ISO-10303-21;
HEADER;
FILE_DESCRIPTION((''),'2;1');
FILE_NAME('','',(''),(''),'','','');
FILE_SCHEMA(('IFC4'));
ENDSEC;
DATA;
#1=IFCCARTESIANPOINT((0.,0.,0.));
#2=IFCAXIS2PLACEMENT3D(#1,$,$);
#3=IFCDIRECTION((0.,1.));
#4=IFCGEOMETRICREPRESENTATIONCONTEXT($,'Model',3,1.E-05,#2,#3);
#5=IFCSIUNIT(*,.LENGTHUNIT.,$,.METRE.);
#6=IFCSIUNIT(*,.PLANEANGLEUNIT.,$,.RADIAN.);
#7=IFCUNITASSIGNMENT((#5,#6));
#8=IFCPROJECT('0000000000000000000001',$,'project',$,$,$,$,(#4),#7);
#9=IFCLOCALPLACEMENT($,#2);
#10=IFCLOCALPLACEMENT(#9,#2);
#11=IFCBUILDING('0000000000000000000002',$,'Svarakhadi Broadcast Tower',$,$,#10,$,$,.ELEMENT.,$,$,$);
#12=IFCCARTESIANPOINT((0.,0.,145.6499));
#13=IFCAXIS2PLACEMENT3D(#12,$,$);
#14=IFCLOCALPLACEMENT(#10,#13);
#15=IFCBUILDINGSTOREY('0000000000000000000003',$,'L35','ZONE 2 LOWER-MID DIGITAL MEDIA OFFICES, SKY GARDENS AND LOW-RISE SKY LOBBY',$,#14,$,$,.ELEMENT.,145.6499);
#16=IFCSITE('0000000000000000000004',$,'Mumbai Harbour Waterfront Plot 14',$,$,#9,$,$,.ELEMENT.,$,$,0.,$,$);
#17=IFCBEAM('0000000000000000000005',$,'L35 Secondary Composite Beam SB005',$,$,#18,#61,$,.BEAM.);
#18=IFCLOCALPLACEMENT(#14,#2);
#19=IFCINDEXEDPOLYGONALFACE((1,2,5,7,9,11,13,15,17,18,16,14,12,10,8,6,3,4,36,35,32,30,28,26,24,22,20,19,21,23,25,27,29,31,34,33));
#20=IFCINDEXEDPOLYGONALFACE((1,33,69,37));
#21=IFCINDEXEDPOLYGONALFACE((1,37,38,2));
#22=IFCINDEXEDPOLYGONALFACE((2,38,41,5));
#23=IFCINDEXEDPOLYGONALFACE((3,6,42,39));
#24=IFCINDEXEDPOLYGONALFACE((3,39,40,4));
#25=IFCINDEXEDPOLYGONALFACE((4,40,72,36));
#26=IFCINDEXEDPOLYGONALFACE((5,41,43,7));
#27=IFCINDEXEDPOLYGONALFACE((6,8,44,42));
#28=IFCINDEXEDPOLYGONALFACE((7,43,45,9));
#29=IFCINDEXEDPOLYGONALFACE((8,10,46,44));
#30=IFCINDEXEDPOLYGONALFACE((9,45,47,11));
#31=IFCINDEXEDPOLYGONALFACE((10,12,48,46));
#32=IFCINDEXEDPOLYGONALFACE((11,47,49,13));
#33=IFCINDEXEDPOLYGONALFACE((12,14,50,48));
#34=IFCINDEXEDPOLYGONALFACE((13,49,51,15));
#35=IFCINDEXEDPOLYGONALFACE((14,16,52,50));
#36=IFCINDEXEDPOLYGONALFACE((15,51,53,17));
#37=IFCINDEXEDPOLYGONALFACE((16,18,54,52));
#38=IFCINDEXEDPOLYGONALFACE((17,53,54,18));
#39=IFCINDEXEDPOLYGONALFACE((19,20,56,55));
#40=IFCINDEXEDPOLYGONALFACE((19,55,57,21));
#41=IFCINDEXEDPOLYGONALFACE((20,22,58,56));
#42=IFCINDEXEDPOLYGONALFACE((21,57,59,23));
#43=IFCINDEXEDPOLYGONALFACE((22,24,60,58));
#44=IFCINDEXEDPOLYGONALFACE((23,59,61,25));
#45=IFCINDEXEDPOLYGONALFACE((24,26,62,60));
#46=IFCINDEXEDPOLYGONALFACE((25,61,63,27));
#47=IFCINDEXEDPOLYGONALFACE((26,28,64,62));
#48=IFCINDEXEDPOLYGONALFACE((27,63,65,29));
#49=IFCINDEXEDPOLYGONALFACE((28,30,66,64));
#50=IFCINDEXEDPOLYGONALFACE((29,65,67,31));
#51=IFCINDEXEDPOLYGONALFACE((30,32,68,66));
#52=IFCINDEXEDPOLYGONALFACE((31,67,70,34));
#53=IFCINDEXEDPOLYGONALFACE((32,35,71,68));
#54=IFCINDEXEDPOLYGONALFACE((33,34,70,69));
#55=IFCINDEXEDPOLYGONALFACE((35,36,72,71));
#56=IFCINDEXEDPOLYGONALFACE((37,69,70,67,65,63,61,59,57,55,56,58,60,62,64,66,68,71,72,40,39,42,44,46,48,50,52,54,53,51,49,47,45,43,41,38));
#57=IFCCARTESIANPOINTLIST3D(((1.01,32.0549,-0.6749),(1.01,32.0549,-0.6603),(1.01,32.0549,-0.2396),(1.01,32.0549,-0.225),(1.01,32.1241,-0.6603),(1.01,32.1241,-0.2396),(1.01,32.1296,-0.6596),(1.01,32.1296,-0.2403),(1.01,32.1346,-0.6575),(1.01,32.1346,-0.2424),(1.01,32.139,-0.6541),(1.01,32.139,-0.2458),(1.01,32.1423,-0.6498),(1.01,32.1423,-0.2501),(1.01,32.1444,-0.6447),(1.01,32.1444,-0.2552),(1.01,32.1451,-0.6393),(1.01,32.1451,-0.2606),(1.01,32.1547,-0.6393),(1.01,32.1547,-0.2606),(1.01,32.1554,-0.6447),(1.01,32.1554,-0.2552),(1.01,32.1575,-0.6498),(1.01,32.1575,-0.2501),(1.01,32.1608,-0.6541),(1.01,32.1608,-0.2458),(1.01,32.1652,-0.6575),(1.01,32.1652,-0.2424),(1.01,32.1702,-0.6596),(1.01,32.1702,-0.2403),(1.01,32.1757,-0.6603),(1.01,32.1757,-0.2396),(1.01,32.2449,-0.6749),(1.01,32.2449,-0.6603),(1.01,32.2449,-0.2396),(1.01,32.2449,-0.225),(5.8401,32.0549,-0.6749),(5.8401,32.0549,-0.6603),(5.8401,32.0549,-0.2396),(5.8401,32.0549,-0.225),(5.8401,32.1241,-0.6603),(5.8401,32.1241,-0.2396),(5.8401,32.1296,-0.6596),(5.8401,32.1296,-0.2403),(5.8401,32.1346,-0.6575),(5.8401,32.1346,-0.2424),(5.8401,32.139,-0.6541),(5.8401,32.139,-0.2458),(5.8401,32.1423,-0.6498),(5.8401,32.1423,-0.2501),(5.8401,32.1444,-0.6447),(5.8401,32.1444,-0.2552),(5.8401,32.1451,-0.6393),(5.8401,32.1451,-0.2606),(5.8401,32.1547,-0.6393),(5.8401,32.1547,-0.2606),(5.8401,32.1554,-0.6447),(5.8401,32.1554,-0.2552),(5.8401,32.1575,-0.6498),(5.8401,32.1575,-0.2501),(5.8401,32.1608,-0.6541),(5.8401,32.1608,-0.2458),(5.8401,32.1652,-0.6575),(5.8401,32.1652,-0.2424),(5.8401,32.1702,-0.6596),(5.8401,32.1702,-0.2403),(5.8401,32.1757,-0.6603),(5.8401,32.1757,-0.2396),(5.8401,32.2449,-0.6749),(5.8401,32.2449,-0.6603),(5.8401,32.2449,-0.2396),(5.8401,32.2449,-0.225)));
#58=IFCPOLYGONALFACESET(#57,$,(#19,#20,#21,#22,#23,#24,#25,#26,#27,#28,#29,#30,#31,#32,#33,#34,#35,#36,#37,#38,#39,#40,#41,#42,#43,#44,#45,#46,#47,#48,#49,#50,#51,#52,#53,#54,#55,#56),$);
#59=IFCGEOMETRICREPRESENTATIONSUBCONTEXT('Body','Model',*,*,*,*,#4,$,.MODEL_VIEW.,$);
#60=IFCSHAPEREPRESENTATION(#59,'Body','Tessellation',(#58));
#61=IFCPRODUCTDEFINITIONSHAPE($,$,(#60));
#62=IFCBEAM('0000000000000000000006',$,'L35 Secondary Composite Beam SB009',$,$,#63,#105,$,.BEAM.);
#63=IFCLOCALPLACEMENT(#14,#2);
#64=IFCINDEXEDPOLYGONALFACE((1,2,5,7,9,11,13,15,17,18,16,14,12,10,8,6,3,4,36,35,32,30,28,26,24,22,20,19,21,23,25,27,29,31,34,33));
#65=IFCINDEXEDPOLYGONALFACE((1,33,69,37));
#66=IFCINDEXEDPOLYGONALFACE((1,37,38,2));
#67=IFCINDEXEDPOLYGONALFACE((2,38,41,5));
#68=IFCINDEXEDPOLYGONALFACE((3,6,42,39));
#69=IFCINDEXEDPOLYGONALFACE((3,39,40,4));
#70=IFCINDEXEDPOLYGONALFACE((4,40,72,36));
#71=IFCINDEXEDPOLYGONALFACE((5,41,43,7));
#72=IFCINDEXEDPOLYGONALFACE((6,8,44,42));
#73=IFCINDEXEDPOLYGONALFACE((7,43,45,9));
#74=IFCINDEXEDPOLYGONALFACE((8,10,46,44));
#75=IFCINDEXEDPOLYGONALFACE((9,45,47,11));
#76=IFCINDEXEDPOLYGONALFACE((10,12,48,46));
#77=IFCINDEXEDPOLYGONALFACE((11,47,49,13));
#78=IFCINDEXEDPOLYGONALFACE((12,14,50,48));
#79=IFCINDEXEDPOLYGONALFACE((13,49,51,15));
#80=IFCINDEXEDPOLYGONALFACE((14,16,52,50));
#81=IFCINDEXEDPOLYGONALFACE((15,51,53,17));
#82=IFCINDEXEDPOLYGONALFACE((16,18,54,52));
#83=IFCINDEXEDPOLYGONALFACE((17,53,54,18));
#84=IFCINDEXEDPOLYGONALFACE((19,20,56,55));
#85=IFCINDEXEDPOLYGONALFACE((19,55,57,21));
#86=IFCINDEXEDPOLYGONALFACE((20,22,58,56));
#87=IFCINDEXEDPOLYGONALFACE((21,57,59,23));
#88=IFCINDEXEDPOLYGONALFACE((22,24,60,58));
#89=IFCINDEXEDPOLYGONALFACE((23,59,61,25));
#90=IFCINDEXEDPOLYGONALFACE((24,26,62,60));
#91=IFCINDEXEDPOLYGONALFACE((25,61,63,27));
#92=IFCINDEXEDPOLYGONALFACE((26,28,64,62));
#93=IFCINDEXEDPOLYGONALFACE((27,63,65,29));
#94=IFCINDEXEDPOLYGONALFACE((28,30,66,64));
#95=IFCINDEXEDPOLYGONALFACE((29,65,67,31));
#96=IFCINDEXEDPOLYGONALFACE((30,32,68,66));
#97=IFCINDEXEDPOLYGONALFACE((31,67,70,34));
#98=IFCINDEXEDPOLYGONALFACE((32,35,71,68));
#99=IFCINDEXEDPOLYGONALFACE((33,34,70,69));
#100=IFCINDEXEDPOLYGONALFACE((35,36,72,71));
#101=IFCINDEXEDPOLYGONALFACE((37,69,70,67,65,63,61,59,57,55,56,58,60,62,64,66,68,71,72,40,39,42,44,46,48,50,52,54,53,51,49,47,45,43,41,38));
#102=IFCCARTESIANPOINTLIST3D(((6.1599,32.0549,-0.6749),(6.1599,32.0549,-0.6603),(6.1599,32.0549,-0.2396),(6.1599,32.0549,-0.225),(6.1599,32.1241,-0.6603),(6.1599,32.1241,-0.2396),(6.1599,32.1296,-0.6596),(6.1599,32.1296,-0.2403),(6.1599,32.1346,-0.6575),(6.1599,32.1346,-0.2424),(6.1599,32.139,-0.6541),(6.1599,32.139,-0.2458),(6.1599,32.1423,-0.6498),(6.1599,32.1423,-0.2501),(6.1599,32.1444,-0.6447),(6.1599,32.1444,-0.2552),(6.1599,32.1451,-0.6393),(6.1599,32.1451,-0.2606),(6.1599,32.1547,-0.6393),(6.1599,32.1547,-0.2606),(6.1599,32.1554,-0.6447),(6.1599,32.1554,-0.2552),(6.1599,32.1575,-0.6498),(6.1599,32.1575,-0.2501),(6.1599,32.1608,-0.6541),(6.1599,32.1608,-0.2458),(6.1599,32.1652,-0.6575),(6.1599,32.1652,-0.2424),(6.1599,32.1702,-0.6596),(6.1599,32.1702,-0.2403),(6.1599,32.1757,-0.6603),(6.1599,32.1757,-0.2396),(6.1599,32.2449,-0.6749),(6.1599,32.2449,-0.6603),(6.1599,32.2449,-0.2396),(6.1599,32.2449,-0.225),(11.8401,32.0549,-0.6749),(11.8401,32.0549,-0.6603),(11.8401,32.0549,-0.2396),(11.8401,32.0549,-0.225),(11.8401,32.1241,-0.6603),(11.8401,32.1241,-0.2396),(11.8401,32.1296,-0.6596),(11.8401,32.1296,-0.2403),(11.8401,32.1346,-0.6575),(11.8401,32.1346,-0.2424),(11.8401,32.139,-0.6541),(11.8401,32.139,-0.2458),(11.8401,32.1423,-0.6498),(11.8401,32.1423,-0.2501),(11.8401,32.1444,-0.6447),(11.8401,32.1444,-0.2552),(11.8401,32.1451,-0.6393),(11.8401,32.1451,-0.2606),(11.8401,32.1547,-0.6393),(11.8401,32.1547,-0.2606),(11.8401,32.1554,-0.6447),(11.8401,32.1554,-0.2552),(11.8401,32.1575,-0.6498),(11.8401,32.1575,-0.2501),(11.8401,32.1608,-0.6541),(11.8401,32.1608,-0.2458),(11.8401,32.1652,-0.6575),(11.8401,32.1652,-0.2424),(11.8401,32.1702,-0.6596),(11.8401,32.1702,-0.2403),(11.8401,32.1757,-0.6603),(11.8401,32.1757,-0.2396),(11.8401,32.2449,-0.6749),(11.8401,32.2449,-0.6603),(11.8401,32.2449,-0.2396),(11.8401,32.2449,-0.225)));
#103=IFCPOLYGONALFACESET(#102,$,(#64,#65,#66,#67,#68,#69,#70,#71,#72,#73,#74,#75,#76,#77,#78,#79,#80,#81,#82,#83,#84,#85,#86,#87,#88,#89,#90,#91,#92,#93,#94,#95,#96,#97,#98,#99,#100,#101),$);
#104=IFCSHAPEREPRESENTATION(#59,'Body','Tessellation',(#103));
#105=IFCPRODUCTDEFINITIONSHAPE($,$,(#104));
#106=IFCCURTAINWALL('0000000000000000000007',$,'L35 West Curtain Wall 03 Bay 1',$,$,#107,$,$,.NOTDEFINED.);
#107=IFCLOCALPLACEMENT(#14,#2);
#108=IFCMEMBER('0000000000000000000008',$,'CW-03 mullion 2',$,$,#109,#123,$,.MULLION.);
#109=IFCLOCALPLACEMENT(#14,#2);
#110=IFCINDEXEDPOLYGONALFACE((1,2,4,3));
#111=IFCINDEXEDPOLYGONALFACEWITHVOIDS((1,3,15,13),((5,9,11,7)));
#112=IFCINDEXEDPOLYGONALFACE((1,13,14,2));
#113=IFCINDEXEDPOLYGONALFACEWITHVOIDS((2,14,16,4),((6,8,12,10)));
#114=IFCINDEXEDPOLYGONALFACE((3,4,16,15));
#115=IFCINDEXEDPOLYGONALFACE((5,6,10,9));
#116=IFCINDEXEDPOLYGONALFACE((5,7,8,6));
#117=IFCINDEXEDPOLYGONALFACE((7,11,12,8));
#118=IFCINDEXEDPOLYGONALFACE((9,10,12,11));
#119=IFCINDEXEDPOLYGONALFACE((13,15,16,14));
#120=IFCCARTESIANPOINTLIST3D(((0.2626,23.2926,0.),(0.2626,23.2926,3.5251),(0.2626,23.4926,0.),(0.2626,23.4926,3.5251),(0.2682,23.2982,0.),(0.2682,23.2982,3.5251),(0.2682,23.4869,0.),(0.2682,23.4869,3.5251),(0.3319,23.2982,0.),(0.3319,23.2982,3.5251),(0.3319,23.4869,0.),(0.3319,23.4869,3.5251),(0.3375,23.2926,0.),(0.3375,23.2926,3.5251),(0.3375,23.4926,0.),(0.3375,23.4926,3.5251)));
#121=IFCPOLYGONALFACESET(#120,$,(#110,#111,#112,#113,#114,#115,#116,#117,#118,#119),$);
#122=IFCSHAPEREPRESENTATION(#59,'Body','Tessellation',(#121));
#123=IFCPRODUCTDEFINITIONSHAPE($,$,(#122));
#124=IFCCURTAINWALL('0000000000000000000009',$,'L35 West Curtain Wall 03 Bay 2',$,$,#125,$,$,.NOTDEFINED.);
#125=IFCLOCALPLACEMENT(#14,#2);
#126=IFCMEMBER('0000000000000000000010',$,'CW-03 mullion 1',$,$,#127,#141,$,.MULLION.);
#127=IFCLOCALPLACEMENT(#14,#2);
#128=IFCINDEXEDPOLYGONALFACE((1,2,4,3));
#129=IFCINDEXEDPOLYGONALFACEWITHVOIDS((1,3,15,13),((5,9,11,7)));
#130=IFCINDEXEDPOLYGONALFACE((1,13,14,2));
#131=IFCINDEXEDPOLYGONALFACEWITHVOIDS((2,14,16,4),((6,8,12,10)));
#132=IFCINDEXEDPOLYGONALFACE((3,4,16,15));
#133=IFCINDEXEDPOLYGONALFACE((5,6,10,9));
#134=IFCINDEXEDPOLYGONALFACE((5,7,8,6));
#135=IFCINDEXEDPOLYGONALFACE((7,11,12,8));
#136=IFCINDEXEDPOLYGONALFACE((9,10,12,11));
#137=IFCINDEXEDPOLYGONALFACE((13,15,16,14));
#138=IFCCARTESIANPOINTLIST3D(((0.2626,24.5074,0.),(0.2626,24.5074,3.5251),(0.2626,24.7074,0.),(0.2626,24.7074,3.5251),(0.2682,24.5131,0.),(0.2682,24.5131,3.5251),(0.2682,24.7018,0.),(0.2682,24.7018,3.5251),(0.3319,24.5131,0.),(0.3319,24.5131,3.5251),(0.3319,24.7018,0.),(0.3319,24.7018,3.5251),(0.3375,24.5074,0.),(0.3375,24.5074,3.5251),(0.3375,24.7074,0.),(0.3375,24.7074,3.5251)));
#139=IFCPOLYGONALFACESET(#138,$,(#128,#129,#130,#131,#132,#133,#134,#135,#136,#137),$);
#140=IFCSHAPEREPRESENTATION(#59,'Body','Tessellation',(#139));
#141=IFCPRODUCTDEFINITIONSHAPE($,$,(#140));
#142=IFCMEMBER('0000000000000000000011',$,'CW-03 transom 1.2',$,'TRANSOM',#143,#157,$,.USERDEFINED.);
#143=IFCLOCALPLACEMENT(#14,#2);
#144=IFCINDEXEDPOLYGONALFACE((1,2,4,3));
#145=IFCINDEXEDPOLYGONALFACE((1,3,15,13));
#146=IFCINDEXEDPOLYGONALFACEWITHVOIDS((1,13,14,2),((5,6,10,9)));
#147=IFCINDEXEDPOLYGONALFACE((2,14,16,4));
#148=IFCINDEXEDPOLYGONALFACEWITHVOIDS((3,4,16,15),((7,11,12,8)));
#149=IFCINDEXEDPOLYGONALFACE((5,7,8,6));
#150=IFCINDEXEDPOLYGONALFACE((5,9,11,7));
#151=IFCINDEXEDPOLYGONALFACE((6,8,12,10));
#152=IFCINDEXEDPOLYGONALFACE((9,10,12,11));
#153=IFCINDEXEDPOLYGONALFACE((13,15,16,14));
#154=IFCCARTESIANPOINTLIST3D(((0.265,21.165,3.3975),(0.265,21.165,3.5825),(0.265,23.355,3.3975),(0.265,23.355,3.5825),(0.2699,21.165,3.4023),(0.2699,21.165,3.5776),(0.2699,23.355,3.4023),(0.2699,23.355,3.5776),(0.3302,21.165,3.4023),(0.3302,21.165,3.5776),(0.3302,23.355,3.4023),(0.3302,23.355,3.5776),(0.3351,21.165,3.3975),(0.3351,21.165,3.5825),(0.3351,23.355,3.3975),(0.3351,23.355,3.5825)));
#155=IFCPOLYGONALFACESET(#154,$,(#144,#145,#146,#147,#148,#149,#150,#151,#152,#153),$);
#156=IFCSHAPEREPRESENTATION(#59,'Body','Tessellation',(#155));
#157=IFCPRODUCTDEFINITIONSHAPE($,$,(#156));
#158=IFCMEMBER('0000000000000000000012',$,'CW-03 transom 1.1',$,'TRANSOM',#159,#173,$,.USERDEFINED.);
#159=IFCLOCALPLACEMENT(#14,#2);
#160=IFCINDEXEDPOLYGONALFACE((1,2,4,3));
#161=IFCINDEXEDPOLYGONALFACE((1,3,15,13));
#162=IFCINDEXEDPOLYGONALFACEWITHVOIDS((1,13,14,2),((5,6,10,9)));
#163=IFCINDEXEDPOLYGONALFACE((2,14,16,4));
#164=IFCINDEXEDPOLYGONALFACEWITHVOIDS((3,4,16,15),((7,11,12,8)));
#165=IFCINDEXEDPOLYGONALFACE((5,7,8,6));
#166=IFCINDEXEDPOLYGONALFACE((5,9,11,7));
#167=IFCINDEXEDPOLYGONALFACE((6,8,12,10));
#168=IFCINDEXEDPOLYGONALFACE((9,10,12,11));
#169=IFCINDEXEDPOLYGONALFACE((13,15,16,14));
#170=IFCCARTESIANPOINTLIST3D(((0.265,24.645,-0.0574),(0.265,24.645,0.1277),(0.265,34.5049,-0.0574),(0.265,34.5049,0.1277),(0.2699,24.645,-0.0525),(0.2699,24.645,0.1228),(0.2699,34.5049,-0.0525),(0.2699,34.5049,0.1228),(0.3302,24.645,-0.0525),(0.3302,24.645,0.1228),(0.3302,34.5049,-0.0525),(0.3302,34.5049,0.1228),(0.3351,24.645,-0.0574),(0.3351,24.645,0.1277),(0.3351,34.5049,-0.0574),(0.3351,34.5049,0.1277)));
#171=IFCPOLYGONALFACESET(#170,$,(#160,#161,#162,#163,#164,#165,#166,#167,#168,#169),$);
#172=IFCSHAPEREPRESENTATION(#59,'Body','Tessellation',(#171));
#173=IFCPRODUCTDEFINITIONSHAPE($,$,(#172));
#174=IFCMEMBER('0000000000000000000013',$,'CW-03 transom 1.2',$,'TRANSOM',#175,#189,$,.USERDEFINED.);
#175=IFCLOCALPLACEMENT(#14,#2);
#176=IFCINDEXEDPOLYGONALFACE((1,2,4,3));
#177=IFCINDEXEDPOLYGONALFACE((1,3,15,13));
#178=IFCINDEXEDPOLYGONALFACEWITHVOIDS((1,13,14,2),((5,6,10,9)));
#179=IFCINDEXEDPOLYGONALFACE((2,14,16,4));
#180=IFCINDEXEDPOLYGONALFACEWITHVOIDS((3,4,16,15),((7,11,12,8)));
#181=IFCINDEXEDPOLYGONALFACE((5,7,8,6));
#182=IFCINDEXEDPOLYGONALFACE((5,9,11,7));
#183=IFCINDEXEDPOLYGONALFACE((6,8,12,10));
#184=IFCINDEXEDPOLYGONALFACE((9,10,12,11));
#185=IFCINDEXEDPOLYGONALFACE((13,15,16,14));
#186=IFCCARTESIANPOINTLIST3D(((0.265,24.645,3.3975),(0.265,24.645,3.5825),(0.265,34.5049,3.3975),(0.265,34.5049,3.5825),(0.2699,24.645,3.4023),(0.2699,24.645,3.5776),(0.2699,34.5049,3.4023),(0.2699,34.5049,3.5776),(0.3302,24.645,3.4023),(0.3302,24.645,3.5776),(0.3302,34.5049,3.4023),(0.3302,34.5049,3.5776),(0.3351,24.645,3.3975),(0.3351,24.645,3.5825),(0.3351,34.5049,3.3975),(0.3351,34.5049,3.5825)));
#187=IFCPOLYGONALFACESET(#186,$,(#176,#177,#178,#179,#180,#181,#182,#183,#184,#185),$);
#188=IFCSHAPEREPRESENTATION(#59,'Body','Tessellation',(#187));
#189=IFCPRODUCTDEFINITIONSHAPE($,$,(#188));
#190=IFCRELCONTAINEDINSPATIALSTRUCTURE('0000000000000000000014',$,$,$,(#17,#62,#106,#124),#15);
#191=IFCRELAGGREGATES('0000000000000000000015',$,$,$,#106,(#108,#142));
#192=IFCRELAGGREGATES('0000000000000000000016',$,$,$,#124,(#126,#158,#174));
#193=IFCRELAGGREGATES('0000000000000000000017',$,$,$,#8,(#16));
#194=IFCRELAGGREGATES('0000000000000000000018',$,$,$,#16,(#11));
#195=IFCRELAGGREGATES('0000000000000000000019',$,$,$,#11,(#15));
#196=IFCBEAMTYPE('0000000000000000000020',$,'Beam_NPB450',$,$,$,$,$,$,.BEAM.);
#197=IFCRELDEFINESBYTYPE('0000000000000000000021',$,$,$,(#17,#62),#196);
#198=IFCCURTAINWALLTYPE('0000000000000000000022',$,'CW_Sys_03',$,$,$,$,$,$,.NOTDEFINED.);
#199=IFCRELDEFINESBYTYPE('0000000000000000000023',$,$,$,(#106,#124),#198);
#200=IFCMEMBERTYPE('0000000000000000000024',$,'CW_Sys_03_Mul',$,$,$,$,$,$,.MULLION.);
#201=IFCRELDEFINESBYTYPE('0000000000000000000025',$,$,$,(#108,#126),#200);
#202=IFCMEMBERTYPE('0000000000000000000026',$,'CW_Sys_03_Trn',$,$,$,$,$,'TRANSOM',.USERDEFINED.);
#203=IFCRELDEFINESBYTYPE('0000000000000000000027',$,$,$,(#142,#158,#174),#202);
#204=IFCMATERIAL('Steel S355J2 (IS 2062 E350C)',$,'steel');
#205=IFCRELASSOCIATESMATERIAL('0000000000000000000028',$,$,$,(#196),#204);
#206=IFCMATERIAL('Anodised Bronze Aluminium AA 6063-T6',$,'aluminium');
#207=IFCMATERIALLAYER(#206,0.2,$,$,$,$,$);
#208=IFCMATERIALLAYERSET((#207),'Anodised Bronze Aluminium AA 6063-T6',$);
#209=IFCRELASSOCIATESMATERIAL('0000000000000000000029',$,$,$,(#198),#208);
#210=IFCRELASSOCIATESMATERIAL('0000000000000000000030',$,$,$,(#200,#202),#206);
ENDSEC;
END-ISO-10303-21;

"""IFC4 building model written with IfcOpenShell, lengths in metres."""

from ifc_helpers import new_model, si_unit, direction, frame, origin, origin_2d, place, context, subcontext, project, spatial, hollow_rectangle, i_section, extrude, material, layer, layer_set, material_profile, profile_set, type_object, element, aggregate, save


model = new_model("IFC4")

# Units and contexts
model_context = context("Model", 3, precision=1e-05, world=origin(), true_north=direction((0.0, 1.0)))
body_context = subcontext(model_context, "Body", "Model", "MODEL_VIEW")
ifc_project = project(units=[si_unit("LENGTHUNIT", "METRE"), si_unit("PLANEANGLEUNIT", "RADIAN")], contexts=[model_context])

# Site, building, storey
site_placement = place(None, origin())
site = spatial("IfcSite", under=ifc_project, at=site_placement, Name="Mumbai Harbour Waterfront Plot 14", CompositionType="ELEMENT", RefElevation=0.0)
building_placement = place(site_placement, origin())
building = spatial("IfcBuilding", under=site, at=building_placement, Name="Svarakhadi Broadcast Tower", CompositionType="ELEMENT")
storey_placement = place(building_placement, frame((0.0, 0.0, 145.6499)))
storey = spatial("IfcBuildingStorey", under=building, at=storey_placement, Name="L35", Description="ZONE 2 LOWER-MID DIGITAL MEDIA OFFICES, SKY GARDENS AND LOW-RISE SKY LOBBY", CompositionType="ELEMENT", Elevation=145.6499)

# Beams
ifc_material_1 = material(Name="Steel S355J2 (IS 2062 E350C)", Category="steel")
ifc_material_profile_1 = material_profile(ifc_material_1, i_section(OverallWidth=0.1899, OverallDepth=0.45, WebThickness=0.0095, FlangeThickness=0.0146, FilletRadius=0.021, at=origin_2d()), Name="NPB 450x190x78")
ifc_profile_set_1 = profile_set([ifc_material_profile_1], Name="Steel S355J2 (IS 2062 E350C)")
beam_type_1 = type_object("IfcBeamType", Name="Beam_NPB450", PredefinedType="BEAM", material=ifc_profile_set_1)
for number, where, z_axis, x_axis, name in (
    (1, (1.01, 32.1499, -0.45), (1.0, 0.0, 0.0), (0.0, 1.0, 0.0), "L35 Secondary Composite Beam SB005"),
):
    element("IfcBeam", number, at=place(storey_placement, frame(where, z_axis=z_axis, x_axis=x_axis)), inside=storey, type_object=beam_type_1, Name=name, PredefinedType="BEAM", context=body_context, shape_type="SweptSolid", body=[
        extrude(i_section(OverallWidth=0.1899, OverallDepth=0.45, WebThickness=0.0095, FlangeThickness=0.0146, FilletRadius=0.021, at=origin_2d()), origin(), (0.0, 0.0, 1.0), 4.8301),
    ])
beam_1_placement = place(storey_placement, frame((6.1599, 32.1499, -0.45), z_axis=(1.0, 0.0, 0.0), x_axis=(0.0, 1.0, 0.0)))
element("IfcBeam", 2, at=beam_1_placement, inside=storey, type_object=beam_type_1, Name="L35 Secondary Composite Beam SB009", PredefinedType="BEAM", context=body_context, shape_type="SweptSolid", body=[
    extrude(i_section(OverallWidth=0.1899, OverallDepth=0.45, WebThickness=0.0095, FlangeThickness=0.0146, FilletRadius=0.021, at=origin_2d()), origin(), (0.0, 0.0, 1.0), 5.6802),
])

# Curtain walls, members
ifc_material_2 = material(Name="Anodised Bronze Aluminium AA 6063-T6", Category="aluminium")
ifc_layer_1 = layer(ifc_material_2, 0.2)
ifc_layer_set_1 = layer_set([ifc_layer_1], Name="Anodised Bronze Aluminium AA 6063-T6")
curtain_wall_type = type_object("IfcCurtainWallType", Name="CW_Sys_03", PredefinedType="NOTDEFINED", material=ifc_layer_set_1)
curtain_wall_1_placement = place(storey_placement, origin())
curtain_wall_1 = element("IfcCurtainWall", 3, at=curtain_wall_1_placement, inside=storey, type_object=curtain_wall_type, Name="L35 West Curtain Wall 03 Bay 1", PredefinedType="NOTDEFINED")
ifc_material_profile_2 = material_profile(ifc_material_2, hollow_rectangle(XDim=0.075, YDim=0.2, WallThickness=0.0056, at=origin_2d()), Name="ALU MULLION 200x75x6")
ifc_profile_set_2 = profile_set([ifc_material_profile_2], Name="Anodised Bronze Aluminium AA 6063-T6")
member_type_1 = type_object("IfcMemberType", Name="CW_Sys_03_Mul", PredefinedType="MULLION", material=ifc_profile_set_2)
member_1_placement = place(storey_placement, frame((0.3, 23.3926, 0.0), z_axis=(0.0, 0.0, 1.0), x_axis=(-1.0, 0.0, 0.0)))
member_1 = element("IfcMember", 4, at=member_1_placement, type_object=member_type_1, Name="CW-03 mullion 2", PredefinedType="MULLION", context=body_context, shape_type="SweptSolid", body=[
    extrude(hollow_rectangle(XDim=0.075, YDim=0.2, WallThickness=0.0056, at=origin_2d()), origin(), (0.0, 0.0, 1.0), 3.5251),
])
curtain_wall_2_placement = place(storey_placement, origin())
curtain_wall_2 = element("IfcCurtainWall", 5, at=curtain_wall_2_placement, inside=storey, type_object=curtain_wall_type, Name="L35 West Curtain Wall 03 Bay 2", PredefinedType="NOTDEFINED")
member_2_placement = place(storey_placement, frame((0.3, 24.6074, 0.0), z_axis=(0.0, 0.0, 1.0), x_axis=(-1.0, 0.0, 0.0)))
member_2 = element("IfcMember", 6, at=member_2_placement, type_object=member_type_1, Name="CW-03 mullion 1", PredefinedType="MULLION", context=body_context, shape_type="SweptSolid", body=[
    extrude(hollow_rectangle(XDim=0.075, YDim=0.2, WallThickness=0.0056, at=origin_2d()), origin(), (0.0, 0.0, 1.0), 3.5251),
])

# Members
ifc_material_profile_3 = material_profile(ifc_material_2, hollow_rectangle(XDim=0.0701, YDim=0.1851, WallThickness=0.0049, at=origin_2d()), Name="ALU TRANSOM 185x70x5")
ifc_profile_set_3 = profile_set([ifc_material_profile_3], Name="Anodised Bronze Aluminium AA 6063-T6")
member_type_2 = type_object("IfcMemberType", Name="CW_Sys_03_Trn", ElementType="TRANSOM", PredefinedType="USERDEFINED", material=ifc_profile_set_3)
member_3_placement = place(storey_placement, frame((0.3, 21.165, 3.49), z_axis=(0.0, 1.0, 0.0), x_axis=(-1.0, 0.0, 0.0)))
member_3 = element("IfcMember", 7, at=member_3_placement, type_object=member_type_2, Name="CW-03 transom 1.2", ObjectType="TRANSOM", PredefinedType="USERDEFINED", context=body_context, shape_type="SweptSolid", body=[
    extrude(hollow_rectangle(XDim=0.0701, YDim=0.1851, WallThickness=0.0049, at=origin_2d()), origin(), (0.0, 0.0, 1.0), 2.1899),
])
member_4_placement = place(storey_placement, frame((0.3, 24.645, 0.0352), z_axis=(0.0, 1.0, 0.0), x_axis=(-1.0, 0.0, 0.0)))
member_4 = element("IfcMember", 8, at=member_4_placement, type_object=member_type_2, Name="CW-03 transom 1.1", ObjectType="TRANSOM", PredefinedType="USERDEFINED", context=body_context, shape_type="SweptSolid", body=[
    extrude(hollow_rectangle(XDim=0.0701, YDim=0.1851, WallThickness=0.0049, at=origin_2d()), origin(), (0.0, 0.0, 1.0), 9.8599),
])
member_5_placement = place(storey_placement, frame((0.3, 24.645, 3.49), z_axis=(0.0, 1.0, 0.0), x_axis=(-1.0, 0.0, 0.0)))
member_5 = element("IfcMember", 9, at=member_5_placement, type_object=member_type_2, Name="CW-03 transom 1.2", ObjectType="TRANSOM", PredefinedType="USERDEFINED", context=body_context, shape_type="SweptSolid", body=[
    extrude(hollow_rectangle(XDim=0.0701, YDim=0.1851, WallThickness=0.0049, at=origin_2d()), origin(), (0.0, 0.0, 1.0), 9.8599),
])

aggregate(curtain_wall_1, [member_1, member_3])
aggregate(curtain_wall_2, [member_2, member_4, member_5])

save(model, "model.ifc")
